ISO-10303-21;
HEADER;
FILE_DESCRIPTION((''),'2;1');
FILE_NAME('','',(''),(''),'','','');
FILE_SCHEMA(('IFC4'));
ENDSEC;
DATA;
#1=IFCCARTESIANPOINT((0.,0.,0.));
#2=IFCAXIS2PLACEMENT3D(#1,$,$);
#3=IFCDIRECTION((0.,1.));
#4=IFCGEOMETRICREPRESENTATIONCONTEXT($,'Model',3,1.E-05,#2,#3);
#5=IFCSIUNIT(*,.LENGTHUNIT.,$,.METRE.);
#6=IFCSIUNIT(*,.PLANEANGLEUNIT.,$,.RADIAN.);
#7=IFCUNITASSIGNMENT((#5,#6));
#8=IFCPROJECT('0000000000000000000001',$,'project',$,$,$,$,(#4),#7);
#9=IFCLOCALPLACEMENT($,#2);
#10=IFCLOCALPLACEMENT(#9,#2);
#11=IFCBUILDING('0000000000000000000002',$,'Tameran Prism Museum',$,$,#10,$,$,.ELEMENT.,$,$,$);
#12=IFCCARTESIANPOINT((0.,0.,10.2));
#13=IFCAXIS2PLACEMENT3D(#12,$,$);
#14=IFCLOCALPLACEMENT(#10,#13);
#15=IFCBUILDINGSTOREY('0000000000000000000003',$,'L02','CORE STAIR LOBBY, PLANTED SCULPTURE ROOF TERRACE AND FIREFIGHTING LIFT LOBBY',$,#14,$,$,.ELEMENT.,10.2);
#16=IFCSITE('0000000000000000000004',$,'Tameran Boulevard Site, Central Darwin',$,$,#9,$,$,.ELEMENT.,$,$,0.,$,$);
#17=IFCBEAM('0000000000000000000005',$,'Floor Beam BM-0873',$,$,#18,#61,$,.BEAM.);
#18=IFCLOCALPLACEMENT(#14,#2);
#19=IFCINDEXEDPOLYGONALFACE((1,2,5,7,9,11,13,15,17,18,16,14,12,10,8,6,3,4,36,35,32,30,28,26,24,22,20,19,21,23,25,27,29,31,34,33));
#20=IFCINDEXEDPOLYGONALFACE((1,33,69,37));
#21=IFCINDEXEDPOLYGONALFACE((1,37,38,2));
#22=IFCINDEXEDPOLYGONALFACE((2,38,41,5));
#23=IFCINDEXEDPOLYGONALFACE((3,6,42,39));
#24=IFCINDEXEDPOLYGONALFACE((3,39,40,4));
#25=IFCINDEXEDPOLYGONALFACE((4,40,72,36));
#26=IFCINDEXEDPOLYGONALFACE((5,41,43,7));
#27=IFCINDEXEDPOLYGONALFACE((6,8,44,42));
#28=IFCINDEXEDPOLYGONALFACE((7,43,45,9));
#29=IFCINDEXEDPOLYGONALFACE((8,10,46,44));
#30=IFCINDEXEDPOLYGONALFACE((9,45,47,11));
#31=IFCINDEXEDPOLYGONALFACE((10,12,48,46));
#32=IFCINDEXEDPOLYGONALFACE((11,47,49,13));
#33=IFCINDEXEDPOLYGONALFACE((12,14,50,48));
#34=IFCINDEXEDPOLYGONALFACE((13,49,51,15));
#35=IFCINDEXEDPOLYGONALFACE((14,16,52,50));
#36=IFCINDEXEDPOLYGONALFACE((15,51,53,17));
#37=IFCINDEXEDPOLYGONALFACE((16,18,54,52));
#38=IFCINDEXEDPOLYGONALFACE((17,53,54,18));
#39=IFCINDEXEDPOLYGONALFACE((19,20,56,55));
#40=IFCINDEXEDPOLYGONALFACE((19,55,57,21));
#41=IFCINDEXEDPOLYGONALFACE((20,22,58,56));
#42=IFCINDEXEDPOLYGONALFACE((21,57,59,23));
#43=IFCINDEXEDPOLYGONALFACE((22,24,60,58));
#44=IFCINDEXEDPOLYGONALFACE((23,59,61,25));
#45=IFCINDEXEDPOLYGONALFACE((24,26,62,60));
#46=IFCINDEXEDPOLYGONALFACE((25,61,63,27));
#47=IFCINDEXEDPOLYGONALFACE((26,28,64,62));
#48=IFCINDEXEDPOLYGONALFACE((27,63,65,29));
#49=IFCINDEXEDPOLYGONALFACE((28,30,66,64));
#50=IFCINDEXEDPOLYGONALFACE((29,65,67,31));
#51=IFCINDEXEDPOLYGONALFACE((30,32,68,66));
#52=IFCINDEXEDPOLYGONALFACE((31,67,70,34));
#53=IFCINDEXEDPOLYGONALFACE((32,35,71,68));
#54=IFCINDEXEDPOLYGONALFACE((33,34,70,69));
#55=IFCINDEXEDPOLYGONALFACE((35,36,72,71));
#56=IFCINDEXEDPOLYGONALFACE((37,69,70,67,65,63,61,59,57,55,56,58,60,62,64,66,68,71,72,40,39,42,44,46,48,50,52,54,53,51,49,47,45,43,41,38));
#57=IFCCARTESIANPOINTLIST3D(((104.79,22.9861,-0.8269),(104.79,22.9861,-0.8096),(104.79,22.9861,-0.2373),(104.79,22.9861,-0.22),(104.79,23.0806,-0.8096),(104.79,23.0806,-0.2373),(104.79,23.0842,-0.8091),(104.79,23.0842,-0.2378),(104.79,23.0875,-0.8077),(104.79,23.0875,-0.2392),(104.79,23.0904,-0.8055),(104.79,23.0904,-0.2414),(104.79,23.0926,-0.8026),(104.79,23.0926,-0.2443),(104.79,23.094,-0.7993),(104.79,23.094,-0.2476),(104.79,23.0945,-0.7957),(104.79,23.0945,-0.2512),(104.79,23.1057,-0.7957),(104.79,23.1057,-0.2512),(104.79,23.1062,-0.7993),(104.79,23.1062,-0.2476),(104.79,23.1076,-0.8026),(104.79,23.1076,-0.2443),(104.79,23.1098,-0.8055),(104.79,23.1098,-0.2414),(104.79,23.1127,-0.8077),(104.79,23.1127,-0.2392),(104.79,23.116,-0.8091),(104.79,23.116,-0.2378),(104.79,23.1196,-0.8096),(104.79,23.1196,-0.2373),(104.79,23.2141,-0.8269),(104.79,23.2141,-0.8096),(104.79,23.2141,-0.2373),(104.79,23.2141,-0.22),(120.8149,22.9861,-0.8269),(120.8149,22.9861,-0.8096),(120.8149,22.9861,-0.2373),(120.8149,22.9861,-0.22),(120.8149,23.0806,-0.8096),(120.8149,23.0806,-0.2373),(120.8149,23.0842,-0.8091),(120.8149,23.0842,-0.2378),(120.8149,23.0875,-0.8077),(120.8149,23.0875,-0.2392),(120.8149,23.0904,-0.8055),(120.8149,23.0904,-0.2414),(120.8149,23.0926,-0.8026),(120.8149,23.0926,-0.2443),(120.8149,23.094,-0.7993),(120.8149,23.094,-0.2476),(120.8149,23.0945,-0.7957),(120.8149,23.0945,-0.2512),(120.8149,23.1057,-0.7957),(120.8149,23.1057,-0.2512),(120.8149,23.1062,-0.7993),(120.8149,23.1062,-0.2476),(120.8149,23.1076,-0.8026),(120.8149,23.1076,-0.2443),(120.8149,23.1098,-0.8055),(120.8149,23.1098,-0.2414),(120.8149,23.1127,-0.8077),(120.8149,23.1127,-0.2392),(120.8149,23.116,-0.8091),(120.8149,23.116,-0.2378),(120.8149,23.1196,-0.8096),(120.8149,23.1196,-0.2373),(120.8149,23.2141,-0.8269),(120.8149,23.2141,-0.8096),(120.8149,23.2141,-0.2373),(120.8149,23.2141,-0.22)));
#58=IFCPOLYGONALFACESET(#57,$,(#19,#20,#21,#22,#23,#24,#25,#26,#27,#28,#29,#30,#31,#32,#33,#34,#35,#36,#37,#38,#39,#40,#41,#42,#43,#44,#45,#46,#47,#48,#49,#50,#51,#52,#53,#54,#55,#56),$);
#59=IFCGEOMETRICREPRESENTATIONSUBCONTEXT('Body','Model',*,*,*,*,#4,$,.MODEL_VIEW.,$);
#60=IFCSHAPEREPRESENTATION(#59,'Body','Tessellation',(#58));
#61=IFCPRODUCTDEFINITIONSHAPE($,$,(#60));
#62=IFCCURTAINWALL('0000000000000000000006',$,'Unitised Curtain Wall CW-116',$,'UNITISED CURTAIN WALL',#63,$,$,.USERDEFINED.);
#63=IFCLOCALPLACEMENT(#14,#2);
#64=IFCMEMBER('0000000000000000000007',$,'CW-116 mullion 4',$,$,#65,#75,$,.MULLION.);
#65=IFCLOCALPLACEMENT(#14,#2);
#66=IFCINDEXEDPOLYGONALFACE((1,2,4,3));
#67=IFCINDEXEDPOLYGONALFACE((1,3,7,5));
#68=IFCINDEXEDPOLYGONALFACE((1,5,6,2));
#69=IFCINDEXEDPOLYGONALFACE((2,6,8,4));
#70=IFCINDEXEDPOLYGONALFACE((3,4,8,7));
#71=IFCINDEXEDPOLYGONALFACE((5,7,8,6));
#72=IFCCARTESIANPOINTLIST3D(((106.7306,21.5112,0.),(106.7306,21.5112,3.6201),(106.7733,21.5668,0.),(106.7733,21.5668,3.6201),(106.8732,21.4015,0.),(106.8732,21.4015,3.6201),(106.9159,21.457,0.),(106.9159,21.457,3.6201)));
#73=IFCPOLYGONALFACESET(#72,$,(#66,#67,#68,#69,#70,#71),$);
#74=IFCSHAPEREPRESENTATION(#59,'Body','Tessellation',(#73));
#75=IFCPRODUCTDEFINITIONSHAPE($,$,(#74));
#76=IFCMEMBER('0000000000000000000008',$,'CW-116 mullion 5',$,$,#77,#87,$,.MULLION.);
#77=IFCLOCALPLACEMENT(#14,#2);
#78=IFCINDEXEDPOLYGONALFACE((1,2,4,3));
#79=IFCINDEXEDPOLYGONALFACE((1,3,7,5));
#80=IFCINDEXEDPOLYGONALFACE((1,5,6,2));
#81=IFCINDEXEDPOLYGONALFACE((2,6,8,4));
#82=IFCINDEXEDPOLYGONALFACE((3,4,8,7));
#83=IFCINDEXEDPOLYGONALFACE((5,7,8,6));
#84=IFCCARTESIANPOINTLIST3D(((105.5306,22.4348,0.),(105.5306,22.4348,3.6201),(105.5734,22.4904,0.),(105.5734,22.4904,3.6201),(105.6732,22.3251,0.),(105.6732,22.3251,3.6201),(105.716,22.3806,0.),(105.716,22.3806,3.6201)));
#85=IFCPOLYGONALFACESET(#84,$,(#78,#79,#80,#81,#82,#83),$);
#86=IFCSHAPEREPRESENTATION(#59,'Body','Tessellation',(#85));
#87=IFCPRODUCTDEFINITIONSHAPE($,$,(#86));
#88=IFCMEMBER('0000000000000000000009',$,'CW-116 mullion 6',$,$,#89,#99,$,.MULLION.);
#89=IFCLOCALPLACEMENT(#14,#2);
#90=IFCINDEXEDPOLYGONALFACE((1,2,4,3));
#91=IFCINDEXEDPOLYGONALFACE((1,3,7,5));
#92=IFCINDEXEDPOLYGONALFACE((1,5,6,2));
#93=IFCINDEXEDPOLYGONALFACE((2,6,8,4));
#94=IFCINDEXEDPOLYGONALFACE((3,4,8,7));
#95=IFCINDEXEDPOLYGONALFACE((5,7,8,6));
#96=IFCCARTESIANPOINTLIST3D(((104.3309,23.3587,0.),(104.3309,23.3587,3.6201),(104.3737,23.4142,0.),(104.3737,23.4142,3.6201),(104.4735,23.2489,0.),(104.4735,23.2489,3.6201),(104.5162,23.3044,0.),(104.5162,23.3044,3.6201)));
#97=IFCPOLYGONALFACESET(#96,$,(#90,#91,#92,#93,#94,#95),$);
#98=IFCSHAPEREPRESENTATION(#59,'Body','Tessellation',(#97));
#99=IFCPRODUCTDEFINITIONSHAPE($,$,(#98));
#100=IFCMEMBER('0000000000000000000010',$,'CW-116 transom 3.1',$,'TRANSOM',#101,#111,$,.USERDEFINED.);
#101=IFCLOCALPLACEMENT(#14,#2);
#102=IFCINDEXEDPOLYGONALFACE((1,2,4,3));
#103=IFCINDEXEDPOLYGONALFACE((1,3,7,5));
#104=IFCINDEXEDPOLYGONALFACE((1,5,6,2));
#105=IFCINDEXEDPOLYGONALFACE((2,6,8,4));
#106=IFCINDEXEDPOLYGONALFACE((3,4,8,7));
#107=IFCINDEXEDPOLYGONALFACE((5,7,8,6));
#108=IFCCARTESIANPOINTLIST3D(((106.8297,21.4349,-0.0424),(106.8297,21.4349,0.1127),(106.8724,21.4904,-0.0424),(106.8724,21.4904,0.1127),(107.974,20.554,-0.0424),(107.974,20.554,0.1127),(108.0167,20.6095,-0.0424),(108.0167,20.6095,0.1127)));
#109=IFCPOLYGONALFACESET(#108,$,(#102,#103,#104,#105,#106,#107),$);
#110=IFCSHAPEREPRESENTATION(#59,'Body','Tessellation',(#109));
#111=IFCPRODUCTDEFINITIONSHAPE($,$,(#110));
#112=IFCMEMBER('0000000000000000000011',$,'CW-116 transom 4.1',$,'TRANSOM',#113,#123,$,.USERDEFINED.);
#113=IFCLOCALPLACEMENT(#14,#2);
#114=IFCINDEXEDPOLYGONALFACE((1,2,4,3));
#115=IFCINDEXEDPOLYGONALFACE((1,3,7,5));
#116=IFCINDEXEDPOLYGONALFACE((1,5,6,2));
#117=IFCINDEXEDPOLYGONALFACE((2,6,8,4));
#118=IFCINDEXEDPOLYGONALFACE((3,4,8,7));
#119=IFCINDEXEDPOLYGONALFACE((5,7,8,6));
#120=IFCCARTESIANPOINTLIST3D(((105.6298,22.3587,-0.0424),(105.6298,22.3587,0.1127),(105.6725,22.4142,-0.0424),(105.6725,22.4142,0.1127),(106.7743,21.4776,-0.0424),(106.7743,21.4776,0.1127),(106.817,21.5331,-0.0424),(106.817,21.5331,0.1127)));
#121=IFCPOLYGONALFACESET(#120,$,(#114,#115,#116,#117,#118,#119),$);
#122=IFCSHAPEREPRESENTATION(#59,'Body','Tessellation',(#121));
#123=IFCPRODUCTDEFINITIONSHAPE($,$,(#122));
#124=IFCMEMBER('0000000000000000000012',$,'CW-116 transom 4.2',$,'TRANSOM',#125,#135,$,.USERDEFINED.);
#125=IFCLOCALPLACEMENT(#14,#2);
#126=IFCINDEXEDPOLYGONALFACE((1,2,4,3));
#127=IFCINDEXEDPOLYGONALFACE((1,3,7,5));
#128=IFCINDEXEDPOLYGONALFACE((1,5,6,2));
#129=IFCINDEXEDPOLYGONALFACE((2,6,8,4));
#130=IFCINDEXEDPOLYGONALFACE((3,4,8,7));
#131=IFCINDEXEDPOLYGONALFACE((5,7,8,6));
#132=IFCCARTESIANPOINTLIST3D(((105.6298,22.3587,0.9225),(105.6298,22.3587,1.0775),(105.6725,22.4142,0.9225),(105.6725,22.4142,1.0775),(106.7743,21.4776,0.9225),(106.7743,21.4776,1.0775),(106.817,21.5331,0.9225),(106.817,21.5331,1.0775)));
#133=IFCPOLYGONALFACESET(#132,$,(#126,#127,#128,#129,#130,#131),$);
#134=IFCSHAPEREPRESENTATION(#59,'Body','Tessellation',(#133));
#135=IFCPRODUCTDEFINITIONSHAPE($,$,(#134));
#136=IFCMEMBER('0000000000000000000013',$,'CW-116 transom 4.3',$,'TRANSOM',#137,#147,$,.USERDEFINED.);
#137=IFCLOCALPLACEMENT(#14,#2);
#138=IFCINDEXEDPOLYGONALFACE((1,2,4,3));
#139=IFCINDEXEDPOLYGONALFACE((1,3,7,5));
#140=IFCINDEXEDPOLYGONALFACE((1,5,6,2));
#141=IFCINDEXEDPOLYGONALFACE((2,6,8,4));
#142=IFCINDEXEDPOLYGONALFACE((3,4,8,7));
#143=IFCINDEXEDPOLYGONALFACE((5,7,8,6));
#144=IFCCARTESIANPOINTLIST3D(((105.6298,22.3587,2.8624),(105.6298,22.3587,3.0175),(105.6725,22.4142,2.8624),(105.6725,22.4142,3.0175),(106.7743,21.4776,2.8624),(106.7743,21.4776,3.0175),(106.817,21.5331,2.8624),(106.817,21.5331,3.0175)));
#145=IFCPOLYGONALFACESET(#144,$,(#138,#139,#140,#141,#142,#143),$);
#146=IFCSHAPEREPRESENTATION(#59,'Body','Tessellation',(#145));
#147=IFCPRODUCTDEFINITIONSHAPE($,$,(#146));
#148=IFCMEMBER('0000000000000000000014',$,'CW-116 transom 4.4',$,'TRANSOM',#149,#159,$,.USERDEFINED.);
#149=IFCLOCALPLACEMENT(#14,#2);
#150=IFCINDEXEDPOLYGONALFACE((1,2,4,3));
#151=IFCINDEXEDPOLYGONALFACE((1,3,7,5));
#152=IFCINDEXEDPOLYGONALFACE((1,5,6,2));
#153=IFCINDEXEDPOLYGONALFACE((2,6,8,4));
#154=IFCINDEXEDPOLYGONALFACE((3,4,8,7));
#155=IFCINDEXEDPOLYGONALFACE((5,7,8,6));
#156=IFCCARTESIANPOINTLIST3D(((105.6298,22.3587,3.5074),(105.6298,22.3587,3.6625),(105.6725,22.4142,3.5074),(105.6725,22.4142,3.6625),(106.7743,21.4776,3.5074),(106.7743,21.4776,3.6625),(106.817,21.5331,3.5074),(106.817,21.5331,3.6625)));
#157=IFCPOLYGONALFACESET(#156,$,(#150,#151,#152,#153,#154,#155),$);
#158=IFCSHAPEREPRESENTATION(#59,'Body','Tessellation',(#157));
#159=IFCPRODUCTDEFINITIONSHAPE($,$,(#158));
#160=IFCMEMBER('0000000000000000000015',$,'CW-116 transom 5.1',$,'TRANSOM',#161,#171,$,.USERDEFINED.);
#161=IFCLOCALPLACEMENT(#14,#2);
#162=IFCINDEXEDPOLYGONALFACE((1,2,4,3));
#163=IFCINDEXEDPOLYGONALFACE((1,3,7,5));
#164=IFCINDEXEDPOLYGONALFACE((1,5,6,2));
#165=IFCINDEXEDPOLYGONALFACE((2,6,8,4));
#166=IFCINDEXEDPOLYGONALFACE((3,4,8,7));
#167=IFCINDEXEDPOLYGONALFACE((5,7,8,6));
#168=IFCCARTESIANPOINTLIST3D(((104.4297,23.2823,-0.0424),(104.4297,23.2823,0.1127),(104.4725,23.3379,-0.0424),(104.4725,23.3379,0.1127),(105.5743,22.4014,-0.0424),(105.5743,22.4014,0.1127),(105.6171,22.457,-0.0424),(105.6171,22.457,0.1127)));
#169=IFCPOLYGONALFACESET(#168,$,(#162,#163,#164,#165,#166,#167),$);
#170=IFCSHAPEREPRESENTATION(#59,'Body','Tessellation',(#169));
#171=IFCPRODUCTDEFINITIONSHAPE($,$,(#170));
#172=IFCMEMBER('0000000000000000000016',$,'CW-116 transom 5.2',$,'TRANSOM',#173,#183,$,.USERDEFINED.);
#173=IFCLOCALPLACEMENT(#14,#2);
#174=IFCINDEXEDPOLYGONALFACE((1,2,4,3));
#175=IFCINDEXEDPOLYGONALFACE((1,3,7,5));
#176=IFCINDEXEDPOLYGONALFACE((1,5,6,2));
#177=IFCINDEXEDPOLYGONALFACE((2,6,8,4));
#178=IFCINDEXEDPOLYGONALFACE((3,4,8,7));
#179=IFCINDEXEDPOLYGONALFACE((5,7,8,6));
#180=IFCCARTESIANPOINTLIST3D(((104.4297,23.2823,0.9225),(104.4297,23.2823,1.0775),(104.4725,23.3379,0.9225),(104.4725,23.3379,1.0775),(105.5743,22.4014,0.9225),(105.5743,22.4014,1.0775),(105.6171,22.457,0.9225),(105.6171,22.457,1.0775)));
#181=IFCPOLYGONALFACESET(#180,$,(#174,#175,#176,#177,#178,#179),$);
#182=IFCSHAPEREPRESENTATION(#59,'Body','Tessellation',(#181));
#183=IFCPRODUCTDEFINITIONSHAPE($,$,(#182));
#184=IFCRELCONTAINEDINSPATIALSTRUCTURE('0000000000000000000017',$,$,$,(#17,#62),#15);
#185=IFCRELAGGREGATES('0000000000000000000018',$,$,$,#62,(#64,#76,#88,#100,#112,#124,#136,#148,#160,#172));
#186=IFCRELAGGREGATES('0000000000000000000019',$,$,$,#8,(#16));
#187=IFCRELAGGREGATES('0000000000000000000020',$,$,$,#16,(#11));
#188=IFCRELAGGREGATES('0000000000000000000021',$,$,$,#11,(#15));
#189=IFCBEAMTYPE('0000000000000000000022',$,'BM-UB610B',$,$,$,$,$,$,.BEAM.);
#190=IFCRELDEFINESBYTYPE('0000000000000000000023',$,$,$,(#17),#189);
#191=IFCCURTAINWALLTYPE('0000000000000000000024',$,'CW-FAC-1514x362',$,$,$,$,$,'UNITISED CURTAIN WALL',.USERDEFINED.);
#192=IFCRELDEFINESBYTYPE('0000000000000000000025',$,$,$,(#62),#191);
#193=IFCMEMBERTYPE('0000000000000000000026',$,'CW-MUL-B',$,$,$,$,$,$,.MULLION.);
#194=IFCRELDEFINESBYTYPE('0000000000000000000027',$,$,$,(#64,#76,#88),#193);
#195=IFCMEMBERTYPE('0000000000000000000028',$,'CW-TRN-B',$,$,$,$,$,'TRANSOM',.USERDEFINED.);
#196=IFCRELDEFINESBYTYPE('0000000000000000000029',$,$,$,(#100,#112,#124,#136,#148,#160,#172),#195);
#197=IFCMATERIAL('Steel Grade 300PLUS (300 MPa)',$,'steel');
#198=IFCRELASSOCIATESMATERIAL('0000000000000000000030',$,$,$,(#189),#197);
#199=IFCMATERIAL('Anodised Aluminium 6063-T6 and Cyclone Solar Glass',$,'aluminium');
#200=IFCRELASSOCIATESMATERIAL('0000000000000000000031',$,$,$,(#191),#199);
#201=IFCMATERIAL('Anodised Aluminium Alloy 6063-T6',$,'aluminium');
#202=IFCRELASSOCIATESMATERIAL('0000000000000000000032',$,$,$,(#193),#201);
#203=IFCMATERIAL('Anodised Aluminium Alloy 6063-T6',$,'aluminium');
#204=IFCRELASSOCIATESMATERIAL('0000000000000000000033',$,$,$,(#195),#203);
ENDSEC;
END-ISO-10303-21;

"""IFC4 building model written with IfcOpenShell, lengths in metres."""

from ifc_helpers import new_model, si_unit, direction, frame, origin, origin_2d, place, context, subcontext, project, spatial, rectangle, i_section, extrude, material, material_profile, profile_set, type_object, element, aggregate, save


model = new_model("IFC4")

# Units and contexts
model_context = context("Model", 3, precision=1e-05, world=origin(), true_north=direction((0.0, 1.0)))
body_context = subcontext(model_context, "Body", "Model", "MODEL_VIEW")
ifc_project = project(units=[si_unit("LENGTHUNIT", "METRE"), si_unit("PLANEANGLEUNIT", "RADIAN")], contexts=[model_context])

# Site, building, storey
site_placement = place(None, origin())
site = spatial("IfcSite", under=ifc_project, at=site_placement, Name="Tameran Boulevard Site, Central Darwin", CompositionType="ELEMENT", RefElevation=0.0)
building_placement = place(site_placement, origin())
building = spatial("IfcBuilding", under=site, at=building_placement, Name="Tameran Prism Museum", CompositionType="ELEMENT")
storey_placement = place(building_placement, frame((0.0, 0.0, 10.2)))
storey = spatial("IfcBuildingStorey", under=building, at=storey_placement, Name="L02", Description="CORE STAIR LOBBY, PLANTED SCULPTURE ROOF TERRACE AND FIREFIGHTING LIFT LOBBY", CompositionType="ELEMENT", Elevation=10.2)

# Beam
ifc_material_1 = material(Name="Steel Grade 300PLUS (300 MPa)", Category="steel")
ifc_material_profile_1 = material_profile(ifc_material_1, i_section(OverallWidth=0.228, OverallDepth=0.6069, WebThickness=0.0112, FlangeThickness=0.0173, FilletRadius=0.0139, at=origin_2d()))
ifc_profile_set_1 = profile_set([ifc_material_profile_1])
beam_type = type_object("IfcBeamType", Name="BM-UB610B", PredefinedType="BEAM", material=ifc_profile_set_1)
beam_placement = place(storey_placement, frame((104.79, 23.1001, -0.5234), z_axis=(1.0, 0.0, 0.0), x_axis=(0.0, 1.0, 0.0)))
element("IfcBeam", 1, at=beam_placement, inside=storey, type_object=beam_type, Name="Floor Beam BM-0873", PredefinedType="BEAM", context=body_context, shape_type="SweptSolid", body=[
    extrude(i_section(OverallWidth=0.228, OverallDepth=0.6069, WebThickness=0.0112, FlangeThickness=0.0173, FilletRadius=0.0139, at=origin_2d()), origin(), (0.0, 0.0, 1.0), 16.0249),
])

# Curtain wall, members
ifc_material_2 = material(Name="Anodised Aluminium 6063-T6 and Cyclone Solar Glass", Category="aluminium")
curtain_wall_type = type_object("IfcCurtainWallType", Name="CW-FAC-1514x362", ElementType="UNITISED CURTAIN WALL", PredefinedType="USERDEFINED", material=ifc_material_2)
curtain_wall_placement = place(storey_placement, origin())
curtain_wall = element("IfcCurtainWall", 2, at=curtain_wall_placement, inside=storey, type_object=curtain_wall_type, Name="Unitised Curtain Wall CW-116", ObjectType="UNITISED CURTAIN WALL", PredefinedType="USERDEFINED")
ifc_material_3 = material(Name="Anodised Aluminium Alloy 6063-T6", Category="aluminium")
ifc_material_profile_2 = material_profile(ifc_material_3, rectangle(XDim=0.0701, YDim=0.1799, at=origin_2d()))
ifc_profile_set_2 = profile_set([ifc_material_profile_2])
member_type_1 = type_object("IfcMemberType", Name="CW-MUL-B", PredefinedType="MULLION", material=ifc_profile_set_2)
member_1_placement = place(storey_placement, frame((106.8232, 21.4841, 0.0), z_axis=(0.0, 0.0, 1.0), x_axis=(-0.610001, -0.792401, 0.0)))
member_1 = element("IfcMember", 3, at=member_1_placement, type_object=member_type_1, Name="CW-116 mullion 4", PredefinedType="MULLION", context=body_context, shape_type="SweptSolid", body=[
    extrude(rectangle(XDim=0.0701, YDim=0.1799, at=origin_2d()), origin(), (0.0, 0.0, 1.0), 3.6201),
])
member_2_placement = place(storey_placement, frame((105.6233, 22.4077, 0.0), z_axis=(0.0, 0.0, 1.0), x_axis=(-0.610001, -0.792401, 0.0)))
member_2 = element("IfcMember", 4, at=member_2_placement, type_object=member_type_1, Name="CW-116 mullion 5", PredefinedType="MULLION", context=body_context, shape_type="SweptSolid", body=[
    extrude(rectangle(XDim=0.0701, YDim=0.1799, at=origin_2d()), origin(), (0.0, 0.0, 1.0), 3.6201),
])
member_3_placement = place(storey_placement, frame((104.4236, 23.3315, 0.0), z_axis=(0.0, 0.0, 1.0), x_axis=(-0.610001, -0.792401, 0.0)))
member_3 = element("IfcMember", 5, at=member_3_placement, type_object=member_type_1, Name="CW-116 mullion 6", PredefinedType="MULLION", context=body_context, shape_type="SweptSolid", body=[
    extrude(rectangle(XDim=0.0701, YDim=0.1799, at=origin_2d()), origin(), (0.0, 0.0, 1.0), 3.6201),
])
ifc_material_4 = material(Name="Anodised Aluminium Alloy 6063-T6", Category="aluminium")
ifc_material_profile_3 = material_profile(ifc_material_4, rectangle(XDim=0.0701, YDim=0.155, at=origin_2d()))
ifc_profile_set_3 = profile_set([ifc_material_profile_3])
member_type_2 = type_object("IfcMemberType", Name="CW-TRN-B", ElementType="TRANSOM", PredefinedType="USERDEFINED", material=ifc_profile_set_3)
member_4_placement = place(storey_placement, frame((107.9954, 20.5818, 0.0352), z_axis=(-0.79241, 0.609989, 0.0), x_axis=(-0.609989, -0.79241, 0.0)))
member_4 = element("IfcMember", 6, at=member_4_placement, type_object=member_type_2, Name="CW-116 transom 3.1", ObjectType="TRANSOM", PredefinedType="USERDEFINED", context=body_context, shape_type="SweptSolid", body=[
    extrude(rectangle(XDim=0.0701, YDim=0.155, at=origin_2d()), origin(), (0.0, 0.0, 1.0), 1.4441),
])
member_5_placement = place(storey_placement, frame((106.7957, 21.5054, 0.0352), z_axis=(-0.792391, 0.610013, 0.0), x_axis=(-0.610013, -0.792391, 0.0)))
member_5 = element("IfcMember", 7, at=member_5_placement, type_object=member_type_2, Name="CW-116 transom 4.1", ObjectType="TRANSOM", PredefinedType="USERDEFINED", context=body_context, shape_type="SweptSolid", body=[
    extrude(rectangle(XDim=0.0701, YDim=0.155, at=origin_2d()), origin(), (0.0, 0.0, 1.0), 1.4443),
])
member_6_placement = place(storey_placement, frame((106.7957, 21.5054, 1.0), z_axis=(-0.792391, 0.610013, 0.0), x_axis=(-0.610013, -0.792391, 0.0)))
member_6 = element("IfcMember", 8, at=member_6_placement, type_object=member_type_2, Name="CW-116 transom 4.2", ObjectType="TRANSOM", PredefinedType="USERDEFINED", context=body_context, shape_type="SweptSolid", body=[
    extrude(rectangle(XDim=0.0701, YDim=0.155, at=origin_2d()), origin(), (0.0, 0.0, 1.0), 1.4443),
])
member_7_placement = place(storey_placement, frame((106.7957, 21.5054, 2.9399), z_axis=(-0.792391, 0.610013, 0.0), x_axis=(-0.610013, -0.792391, 0.0)))
member_7 = element("IfcMember", 9, at=member_7_placement, type_object=member_type_2, Name="CW-116 transom 4.3", ObjectType="TRANSOM", PredefinedType="USERDEFINED", context=body_context, shape_type="SweptSolid", body=[
    extrude(rectangle(XDim=0.0701, YDim=0.155, at=origin_2d()), origin(), (0.0, 0.0, 1.0), 1.4443),
])
member_8_placement = place(storey_placement, frame((106.7957, 21.5054, 3.585), z_axis=(-0.792391, 0.610013, 0.0), x_axis=(-0.610013, -0.792391, 0.0)))
member_8 = element("IfcMember", 10, at=member_8_placement, type_object=member_type_2, Name="CW-116 transom 4.4", ObjectType="TRANSOM", PredefinedType="USERDEFINED", context=body_context, shape_type="SweptSolid", body=[
    extrude(rectangle(XDim=0.0701, YDim=0.155, at=origin_2d()), origin(), (0.0, 0.0, 1.0), 1.4443),
])
member_9_placement = place(storey_placement, frame((105.5957, 22.4292, 0.0352), z_axis=(-0.792473, 0.609907, 0.0), x_axis=(-0.609907, -0.792473, 0.0)))
member_9 = element("IfcMember", 11, at=member_9_placement, type_object=member_type_2, Name="CW-116 transom 5.1", ObjectType="TRANSOM", PredefinedType="USERDEFINED", context=body_context, shape_type="SweptSolid", body=[
    extrude(rectangle(XDim=0.0701, YDim=0.155, at=origin_2d()), origin(), (0.0, 0.0, 1.0), 1.4443),
])
member_10_placement = place(storey_placement, frame((105.5957, 22.4292, 1.0), z_axis=(-0.792473, 0.609907, 0.0), x_axis=(-0.609907, -0.792473, 0.0)))
member_10 = element("IfcMember", 12, at=member_10_placement, type_object=member_type_2, Name="CW-116 transom 5.2", ObjectType="TRANSOM", PredefinedType="USERDEFINED", context=body_context, shape_type="SweptSolid", body=[
    extrude(rectangle(XDim=0.0701, YDim=0.155, at=origin_2d()), origin(), (0.0, 0.0, 1.0), 1.4443),
])
aggregate(curtain_wall, [member_1, member_2, member_3, member_4, member_5, member_6, member_7, member_8, member_9, member_10])

save(model, "model.ifc")
